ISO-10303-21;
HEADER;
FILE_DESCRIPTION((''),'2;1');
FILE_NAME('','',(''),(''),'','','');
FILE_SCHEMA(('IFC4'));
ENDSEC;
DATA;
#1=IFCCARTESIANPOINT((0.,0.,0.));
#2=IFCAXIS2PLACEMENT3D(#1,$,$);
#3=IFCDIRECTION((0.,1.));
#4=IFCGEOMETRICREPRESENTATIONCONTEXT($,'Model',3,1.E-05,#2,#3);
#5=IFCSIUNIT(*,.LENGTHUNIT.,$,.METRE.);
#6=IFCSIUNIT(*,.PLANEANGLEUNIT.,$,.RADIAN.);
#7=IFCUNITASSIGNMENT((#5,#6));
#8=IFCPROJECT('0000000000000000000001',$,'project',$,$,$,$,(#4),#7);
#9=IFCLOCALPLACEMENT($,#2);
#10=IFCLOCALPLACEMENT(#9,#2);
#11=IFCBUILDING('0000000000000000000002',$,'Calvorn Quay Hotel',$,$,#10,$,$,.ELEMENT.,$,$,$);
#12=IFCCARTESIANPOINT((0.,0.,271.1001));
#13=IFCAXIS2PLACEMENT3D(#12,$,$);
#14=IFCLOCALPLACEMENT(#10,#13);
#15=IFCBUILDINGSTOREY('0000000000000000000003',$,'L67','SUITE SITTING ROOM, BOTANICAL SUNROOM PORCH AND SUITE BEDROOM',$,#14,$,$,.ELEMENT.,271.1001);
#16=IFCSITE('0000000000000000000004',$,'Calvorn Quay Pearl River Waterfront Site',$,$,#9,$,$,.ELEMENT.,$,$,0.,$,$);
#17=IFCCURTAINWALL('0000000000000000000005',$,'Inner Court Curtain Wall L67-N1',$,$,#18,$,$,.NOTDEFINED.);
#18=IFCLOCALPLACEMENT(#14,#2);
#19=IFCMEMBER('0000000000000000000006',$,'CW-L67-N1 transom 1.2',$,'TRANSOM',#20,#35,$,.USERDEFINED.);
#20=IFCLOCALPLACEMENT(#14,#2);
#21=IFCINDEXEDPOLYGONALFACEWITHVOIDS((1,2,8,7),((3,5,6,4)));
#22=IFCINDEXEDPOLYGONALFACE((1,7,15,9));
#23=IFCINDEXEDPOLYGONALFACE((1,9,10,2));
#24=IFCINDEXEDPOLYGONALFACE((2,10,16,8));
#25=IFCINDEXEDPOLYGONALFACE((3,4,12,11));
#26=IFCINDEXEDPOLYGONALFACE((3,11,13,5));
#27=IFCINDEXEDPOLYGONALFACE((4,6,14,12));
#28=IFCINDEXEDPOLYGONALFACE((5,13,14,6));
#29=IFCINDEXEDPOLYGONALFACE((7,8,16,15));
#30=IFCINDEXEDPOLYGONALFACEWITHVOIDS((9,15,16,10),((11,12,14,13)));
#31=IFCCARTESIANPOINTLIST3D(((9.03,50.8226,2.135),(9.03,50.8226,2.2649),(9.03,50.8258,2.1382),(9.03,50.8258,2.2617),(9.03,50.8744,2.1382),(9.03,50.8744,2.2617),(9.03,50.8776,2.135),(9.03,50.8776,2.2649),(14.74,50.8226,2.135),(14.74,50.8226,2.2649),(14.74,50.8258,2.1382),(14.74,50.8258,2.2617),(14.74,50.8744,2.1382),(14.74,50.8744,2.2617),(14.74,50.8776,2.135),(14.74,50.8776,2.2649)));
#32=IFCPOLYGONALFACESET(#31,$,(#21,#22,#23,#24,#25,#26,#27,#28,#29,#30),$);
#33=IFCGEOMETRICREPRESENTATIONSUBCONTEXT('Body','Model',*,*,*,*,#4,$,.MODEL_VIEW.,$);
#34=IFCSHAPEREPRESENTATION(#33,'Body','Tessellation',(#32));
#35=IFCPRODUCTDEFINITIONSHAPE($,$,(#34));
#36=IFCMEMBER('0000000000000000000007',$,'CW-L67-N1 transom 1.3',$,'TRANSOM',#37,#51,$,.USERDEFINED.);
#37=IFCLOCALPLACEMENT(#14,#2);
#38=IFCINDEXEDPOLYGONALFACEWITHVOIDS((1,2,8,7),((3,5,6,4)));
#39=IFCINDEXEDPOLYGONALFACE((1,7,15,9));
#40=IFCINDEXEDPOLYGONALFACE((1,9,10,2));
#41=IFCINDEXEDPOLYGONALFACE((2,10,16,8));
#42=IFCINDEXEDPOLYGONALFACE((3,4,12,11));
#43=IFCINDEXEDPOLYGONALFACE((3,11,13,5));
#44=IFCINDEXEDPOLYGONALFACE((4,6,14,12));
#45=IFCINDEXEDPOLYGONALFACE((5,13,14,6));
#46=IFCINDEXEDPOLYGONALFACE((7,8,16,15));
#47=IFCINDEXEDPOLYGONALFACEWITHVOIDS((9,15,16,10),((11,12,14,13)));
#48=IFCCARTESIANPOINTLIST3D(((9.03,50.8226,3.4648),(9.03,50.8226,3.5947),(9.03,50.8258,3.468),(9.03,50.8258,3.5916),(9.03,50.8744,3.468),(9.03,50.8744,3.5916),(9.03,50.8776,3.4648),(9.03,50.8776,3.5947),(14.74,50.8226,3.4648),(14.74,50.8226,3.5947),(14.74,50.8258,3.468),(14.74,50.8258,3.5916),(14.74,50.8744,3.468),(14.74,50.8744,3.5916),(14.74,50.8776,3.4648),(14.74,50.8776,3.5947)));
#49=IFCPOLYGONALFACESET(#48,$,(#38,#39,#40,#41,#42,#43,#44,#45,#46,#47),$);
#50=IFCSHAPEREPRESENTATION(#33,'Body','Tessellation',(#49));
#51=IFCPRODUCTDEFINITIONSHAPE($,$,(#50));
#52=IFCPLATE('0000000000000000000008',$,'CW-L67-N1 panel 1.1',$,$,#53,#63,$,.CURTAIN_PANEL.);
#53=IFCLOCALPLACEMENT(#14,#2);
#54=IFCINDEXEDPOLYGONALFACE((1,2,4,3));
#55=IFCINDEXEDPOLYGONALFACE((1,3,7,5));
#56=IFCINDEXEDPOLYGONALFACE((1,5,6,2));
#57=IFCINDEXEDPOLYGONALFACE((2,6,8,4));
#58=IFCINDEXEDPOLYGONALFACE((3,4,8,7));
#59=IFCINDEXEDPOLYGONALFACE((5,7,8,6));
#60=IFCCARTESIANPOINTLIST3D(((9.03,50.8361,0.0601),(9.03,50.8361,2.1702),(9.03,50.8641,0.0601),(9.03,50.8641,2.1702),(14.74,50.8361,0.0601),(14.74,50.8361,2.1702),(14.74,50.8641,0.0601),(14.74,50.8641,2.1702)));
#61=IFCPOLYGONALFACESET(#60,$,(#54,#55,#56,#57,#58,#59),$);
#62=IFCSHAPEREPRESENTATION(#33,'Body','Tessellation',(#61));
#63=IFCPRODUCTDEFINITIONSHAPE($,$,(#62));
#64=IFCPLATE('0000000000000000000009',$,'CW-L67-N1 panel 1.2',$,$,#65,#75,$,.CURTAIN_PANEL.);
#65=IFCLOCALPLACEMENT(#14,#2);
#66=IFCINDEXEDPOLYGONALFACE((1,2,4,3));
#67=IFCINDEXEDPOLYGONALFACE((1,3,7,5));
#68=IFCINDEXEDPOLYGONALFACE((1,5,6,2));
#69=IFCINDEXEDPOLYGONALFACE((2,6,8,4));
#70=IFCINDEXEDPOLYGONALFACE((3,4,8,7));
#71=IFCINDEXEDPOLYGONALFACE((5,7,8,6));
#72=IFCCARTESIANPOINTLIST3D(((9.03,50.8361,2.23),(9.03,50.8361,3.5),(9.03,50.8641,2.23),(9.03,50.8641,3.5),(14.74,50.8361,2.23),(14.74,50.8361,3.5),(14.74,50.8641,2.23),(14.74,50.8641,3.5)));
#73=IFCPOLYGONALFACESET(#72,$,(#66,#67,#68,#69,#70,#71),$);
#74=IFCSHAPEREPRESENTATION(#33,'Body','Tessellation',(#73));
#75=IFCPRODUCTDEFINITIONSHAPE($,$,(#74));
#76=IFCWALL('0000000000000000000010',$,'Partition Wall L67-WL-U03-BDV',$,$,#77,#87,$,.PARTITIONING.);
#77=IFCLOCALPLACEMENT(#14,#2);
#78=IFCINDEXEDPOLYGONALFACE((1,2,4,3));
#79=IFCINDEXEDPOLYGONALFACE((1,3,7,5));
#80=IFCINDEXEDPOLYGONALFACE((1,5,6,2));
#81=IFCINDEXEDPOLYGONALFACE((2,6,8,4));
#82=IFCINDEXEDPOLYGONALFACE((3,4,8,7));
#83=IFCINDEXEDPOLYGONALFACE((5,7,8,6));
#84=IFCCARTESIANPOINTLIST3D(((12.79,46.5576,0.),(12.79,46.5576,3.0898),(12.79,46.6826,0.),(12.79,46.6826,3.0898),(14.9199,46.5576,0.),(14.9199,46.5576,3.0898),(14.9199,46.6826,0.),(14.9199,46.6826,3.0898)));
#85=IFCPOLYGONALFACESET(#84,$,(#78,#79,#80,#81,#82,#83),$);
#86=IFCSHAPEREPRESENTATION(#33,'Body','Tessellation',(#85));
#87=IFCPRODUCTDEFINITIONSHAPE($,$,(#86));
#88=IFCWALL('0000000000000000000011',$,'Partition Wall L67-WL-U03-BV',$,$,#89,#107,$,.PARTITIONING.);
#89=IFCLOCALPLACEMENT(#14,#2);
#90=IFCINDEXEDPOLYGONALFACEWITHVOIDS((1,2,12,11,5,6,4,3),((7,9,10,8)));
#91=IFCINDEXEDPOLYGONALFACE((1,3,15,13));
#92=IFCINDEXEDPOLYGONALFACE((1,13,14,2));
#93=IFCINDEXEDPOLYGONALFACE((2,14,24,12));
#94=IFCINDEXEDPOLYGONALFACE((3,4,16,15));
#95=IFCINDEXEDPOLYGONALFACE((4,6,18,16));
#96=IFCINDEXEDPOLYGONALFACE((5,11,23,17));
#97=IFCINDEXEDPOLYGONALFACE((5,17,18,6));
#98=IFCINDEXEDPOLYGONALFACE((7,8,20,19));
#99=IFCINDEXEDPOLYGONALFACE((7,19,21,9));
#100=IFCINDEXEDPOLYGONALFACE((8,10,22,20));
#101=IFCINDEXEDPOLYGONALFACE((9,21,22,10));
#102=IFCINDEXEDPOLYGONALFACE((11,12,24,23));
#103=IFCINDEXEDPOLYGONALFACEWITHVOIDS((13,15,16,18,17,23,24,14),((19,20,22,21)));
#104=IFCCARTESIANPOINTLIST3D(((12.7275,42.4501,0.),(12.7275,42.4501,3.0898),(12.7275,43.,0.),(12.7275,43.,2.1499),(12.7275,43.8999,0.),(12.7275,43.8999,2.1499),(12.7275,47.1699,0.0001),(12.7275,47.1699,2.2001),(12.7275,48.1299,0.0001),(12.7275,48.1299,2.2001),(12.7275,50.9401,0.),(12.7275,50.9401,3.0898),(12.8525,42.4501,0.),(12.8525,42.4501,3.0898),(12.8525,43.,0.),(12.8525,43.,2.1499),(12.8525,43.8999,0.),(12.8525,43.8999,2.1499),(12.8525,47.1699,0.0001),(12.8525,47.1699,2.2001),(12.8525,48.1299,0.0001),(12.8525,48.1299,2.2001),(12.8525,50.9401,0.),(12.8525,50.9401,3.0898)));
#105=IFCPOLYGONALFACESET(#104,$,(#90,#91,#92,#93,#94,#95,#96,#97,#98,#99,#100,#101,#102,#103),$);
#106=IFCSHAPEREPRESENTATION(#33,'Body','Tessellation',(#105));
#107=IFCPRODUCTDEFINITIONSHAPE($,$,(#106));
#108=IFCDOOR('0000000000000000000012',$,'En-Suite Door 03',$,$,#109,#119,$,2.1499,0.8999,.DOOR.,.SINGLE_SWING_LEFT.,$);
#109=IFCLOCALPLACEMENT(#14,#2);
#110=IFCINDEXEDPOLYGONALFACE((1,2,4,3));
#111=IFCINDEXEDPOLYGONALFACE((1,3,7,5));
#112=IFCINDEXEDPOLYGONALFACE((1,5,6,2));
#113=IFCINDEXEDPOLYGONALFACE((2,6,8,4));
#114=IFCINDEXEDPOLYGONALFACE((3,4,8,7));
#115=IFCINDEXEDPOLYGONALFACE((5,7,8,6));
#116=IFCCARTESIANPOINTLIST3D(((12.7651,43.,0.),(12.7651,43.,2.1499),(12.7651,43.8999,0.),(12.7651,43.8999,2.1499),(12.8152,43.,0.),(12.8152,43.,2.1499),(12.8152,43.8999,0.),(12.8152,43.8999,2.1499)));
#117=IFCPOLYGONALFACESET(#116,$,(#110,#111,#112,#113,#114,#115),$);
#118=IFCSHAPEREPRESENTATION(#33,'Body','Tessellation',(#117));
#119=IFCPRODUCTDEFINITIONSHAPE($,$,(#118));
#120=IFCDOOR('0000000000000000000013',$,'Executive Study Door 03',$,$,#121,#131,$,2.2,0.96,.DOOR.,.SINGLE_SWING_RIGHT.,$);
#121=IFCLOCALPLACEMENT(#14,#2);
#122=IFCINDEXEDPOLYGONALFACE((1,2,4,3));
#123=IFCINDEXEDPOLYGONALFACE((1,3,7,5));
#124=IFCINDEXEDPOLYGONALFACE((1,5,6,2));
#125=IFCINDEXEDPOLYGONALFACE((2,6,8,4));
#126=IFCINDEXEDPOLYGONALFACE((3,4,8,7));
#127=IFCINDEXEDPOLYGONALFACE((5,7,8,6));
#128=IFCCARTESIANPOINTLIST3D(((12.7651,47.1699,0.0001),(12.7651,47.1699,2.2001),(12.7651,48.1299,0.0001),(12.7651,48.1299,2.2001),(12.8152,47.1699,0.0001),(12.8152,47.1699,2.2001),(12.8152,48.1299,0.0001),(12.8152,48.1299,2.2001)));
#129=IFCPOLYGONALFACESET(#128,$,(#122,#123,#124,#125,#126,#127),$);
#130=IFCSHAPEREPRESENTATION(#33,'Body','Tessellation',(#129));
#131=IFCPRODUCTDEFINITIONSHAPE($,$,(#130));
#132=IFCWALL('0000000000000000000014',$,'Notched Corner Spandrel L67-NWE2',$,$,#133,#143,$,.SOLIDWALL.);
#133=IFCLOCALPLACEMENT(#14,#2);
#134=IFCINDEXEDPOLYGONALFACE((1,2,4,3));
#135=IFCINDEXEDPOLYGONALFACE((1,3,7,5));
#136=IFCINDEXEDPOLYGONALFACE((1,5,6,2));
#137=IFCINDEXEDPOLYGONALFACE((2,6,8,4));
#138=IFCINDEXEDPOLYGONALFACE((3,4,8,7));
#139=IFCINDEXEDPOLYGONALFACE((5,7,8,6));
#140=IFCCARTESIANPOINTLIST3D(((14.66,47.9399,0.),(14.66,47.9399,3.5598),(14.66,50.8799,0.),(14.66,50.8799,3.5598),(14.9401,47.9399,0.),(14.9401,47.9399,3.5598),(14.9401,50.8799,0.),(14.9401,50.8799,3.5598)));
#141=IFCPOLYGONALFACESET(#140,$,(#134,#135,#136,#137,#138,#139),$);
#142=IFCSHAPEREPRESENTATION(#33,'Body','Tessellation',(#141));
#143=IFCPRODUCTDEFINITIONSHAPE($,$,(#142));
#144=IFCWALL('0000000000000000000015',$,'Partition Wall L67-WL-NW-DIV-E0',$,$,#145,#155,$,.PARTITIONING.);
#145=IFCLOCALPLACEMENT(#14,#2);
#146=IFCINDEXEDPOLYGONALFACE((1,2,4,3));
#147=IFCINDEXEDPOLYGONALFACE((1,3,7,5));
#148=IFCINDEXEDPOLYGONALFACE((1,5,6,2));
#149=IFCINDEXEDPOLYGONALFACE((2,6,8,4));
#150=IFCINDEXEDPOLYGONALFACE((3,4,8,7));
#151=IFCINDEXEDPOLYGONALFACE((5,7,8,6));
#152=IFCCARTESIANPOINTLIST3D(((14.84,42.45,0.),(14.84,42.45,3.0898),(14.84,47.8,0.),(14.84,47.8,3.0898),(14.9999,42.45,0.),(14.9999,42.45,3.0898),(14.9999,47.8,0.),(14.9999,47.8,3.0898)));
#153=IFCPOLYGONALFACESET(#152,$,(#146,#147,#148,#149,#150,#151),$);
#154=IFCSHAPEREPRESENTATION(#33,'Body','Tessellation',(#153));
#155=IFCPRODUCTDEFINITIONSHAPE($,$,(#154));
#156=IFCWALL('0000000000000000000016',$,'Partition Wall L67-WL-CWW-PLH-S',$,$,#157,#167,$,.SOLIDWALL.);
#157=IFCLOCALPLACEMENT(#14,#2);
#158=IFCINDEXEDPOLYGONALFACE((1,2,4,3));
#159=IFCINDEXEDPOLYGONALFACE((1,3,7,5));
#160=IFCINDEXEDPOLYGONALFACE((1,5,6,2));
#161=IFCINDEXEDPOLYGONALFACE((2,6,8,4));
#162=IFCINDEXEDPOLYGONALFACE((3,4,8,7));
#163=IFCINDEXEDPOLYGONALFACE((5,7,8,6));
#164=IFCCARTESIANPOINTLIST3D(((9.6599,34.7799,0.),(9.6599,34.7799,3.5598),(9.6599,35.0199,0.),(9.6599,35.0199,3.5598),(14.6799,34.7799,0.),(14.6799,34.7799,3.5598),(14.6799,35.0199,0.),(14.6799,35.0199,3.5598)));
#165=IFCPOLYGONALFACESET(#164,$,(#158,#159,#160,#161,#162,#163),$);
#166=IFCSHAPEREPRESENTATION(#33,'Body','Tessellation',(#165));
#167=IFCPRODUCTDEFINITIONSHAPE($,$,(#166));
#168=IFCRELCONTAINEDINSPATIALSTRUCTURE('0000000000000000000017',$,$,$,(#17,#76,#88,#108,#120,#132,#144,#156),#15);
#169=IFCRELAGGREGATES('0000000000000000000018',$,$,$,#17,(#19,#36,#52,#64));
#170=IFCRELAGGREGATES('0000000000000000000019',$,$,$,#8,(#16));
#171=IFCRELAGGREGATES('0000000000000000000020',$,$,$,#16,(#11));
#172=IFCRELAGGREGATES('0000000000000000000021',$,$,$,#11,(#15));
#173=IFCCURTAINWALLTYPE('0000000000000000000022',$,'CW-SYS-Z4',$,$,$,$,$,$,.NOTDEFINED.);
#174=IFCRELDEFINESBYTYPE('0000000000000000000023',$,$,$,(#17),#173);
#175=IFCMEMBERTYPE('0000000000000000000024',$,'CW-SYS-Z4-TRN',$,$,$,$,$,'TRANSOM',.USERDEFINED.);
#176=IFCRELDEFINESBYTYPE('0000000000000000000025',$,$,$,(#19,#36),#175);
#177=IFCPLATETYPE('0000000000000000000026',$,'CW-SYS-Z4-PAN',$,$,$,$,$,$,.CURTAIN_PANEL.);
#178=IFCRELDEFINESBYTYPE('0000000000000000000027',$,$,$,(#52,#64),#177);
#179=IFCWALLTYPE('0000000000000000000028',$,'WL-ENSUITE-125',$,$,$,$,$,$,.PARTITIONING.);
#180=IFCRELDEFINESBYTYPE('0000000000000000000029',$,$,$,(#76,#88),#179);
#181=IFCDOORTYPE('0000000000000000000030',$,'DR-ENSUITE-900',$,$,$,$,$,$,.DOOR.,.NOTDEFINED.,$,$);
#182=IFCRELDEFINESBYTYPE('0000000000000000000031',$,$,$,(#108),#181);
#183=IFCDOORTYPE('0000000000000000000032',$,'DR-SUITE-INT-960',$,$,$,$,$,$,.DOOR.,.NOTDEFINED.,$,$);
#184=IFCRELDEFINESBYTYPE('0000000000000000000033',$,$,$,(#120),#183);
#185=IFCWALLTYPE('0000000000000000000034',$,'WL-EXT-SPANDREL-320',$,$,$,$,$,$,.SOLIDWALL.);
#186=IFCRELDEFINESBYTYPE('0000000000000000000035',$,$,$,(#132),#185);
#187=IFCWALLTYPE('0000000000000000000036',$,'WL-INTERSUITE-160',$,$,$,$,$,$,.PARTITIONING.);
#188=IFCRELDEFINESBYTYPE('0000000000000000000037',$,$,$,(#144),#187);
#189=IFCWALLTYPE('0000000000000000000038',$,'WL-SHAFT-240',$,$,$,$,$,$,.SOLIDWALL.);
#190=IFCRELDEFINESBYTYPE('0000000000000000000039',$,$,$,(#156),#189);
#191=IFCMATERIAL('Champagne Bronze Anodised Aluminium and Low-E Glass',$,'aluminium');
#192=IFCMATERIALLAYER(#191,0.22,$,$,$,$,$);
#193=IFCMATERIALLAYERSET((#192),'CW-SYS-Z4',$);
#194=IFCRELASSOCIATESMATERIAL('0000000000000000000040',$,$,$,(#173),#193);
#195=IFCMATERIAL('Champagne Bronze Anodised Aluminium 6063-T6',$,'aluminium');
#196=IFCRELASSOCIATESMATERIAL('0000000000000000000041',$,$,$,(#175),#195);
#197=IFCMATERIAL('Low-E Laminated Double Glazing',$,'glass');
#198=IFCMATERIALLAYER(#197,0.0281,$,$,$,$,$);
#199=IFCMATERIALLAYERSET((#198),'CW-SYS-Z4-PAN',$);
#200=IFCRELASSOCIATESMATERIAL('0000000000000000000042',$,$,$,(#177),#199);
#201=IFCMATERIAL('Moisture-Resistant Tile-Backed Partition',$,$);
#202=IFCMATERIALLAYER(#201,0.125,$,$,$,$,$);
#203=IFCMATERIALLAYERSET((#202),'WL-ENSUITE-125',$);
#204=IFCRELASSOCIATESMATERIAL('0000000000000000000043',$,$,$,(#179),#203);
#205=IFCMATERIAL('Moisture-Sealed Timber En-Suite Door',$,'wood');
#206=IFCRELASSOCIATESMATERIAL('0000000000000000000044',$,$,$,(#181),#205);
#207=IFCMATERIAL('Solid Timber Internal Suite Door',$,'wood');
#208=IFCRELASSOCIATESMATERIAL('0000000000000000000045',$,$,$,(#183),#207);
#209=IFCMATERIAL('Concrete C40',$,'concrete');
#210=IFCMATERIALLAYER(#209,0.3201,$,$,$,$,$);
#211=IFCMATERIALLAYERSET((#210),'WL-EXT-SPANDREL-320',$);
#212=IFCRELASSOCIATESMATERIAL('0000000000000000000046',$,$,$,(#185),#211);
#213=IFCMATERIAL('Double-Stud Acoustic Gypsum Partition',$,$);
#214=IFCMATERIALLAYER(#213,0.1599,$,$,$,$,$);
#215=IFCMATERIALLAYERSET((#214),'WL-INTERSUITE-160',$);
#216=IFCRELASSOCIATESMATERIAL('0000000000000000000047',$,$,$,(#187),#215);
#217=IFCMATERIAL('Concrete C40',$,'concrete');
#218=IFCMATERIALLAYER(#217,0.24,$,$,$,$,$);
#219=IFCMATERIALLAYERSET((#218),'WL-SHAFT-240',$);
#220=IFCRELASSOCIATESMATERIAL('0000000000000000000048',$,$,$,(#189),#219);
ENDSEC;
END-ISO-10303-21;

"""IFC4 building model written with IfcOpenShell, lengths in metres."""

from ifc_helpers import new_model, si_unit, direction, frame, frame_2d, origin, origin_2d, place, context, subcontext, project, spatial, rectangle, hollow_rectangle, extrude, material, layer, layer_set, material_profile, profile_set, type_object, element, fill, aggregate, save


model = new_model("IFC4")

# Units and contexts
model_context = context("Model", 3, precision=1e-05, world=origin(), true_north=direction((0.0, 1.0)))
body_context = subcontext(model_context, "Body", "Model", "MODEL_VIEW")
ifc_project = project(units=[si_unit("LENGTHUNIT", "METRE"), si_unit("PLANEANGLEUNIT", "RADIAN")], contexts=[model_context])

# Site, building, storey
site_placement = place(None, origin())
site = spatial("IfcSite", under=ifc_project, at=site_placement, Name="Calvorn Quay Pearl River Waterfront Site", CompositionType="ELEMENT", RefElevation=0.0)
building_placement = place(site_placement, origin())
building = spatial("IfcBuilding", under=site, at=building_placement, Name="Calvorn Quay Hotel", CompositionType="ELEMENT")
storey_placement = place(building_placement, frame((0.0, 0.0, 271.1001)))
storey = spatial("IfcBuildingStorey", under=building, at=storey_placement, Name="L67", Description="SUITE SITTING ROOM, BOTANICAL SUNROOM PORCH AND SUITE BEDROOM", CompositionType="ELEMENT", Elevation=271.1001)

# Curtain wall
ifc_material_1 = material(Name="Champagne Bronze Anodised Aluminium and Low-E Glass", Category="aluminium")
ifc_layer_1 = layer(ifc_material_1, 0.22)
ifc_layer_set_1 = layer_set([ifc_layer_1], Name="CW-SYS-Z4")
curtain_wall_type = type_object("IfcCurtainWallType", Name="CW-SYS-Z4", PredefinedType="NOTDEFINED", material=ifc_layer_set_1)
curtain_wall_1_placement = place(storey_placement, origin())
curtain_wall_1 = element("IfcCurtainWall", 1, at=curtain_wall_1_placement, inside=storey, type_object=curtain_wall_type, Name="Inner Court Curtain Wall L67-N1", PredefinedType="NOTDEFINED")

# Members
ifc_material_2 = material(Name="Champagne Bronze Anodised Aluminium 6063-T6", Category="aluminium")
ifc_material_profile_1 = material_profile(ifc_material_2, hollow_rectangle(XDim=0.0549, YDim=0.1299, WallThickness=0.0032, at=origin_2d()), Name="ALU-T130x55x3.2")
ifc_profile_set_1 = profile_set([ifc_material_profile_1], Name="Champagne Bronze Anodised Aluminium 6063-T6")
member_type_1 = type_object("IfcMemberType", Name="CW-SYS-Z4-TRN", ElementType="TRANSOM", PredefinedType="USERDEFINED", material=ifc_profile_set_1)
member_1_placement = place(storey_placement, frame((14.74, 50.8501, 2.2), z_axis=(-1.0, 0.0, 0.0), x_axis=(0.0, -1.0, 0.0)))
member_1 = element("IfcMember", 2, at=member_1_placement, type_object=member_type_1, Name="CW-L67-N1 transom 1.2", ObjectType="TRANSOM", PredefinedType="USERDEFINED", context=body_context, shape_type="SweptSolid", body=[
    extrude(hollow_rectangle(XDim=0.0549, YDim=0.1299, WallThickness=0.0032, at=origin_2d()), origin(), (0.0, 0.0, 1.0), 5.71),
])
member_2_placement = place(storey_placement, frame((14.74, 50.8501, 3.5298), z_axis=(-1.0, 0.0, 0.0), x_axis=(0.0, -1.0, 0.0)))
member_2 = element("IfcMember", 3, at=member_2_placement, type_object=member_type_1, Name="CW-L67-N1 transom 1.3", ObjectType="TRANSOM", PredefinedType="USERDEFINED", context=body_context, shape_type="SweptSolid", body=[
    extrude(hollow_rectangle(XDim=0.0549, YDim=0.1299, WallThickness=0.0032, at=origin_2d()), origin(), (0.0, 0.0, 1.0), 5.71),
])

# Plates
ifc_material_3 = material(Name="Low-E Laminated Double Glazing", Category="glass")
ifc_layer_2 = layer(ifc_material_3, 0.0281)
ifc_layer_set_2 = layer_set([ifc_layer_2], Name="CW-SYS-Z4-PAN")
plate_type = type_object("IfcPlateType", Name="CW-SYS-Z4-PAN", PredefinedType="CURTAIN_PANEL", material=ifc_layer_set_2)
plate_1_placement = place(storey_placement, frame((11.885, 50.8501, 0.0601), z_axis=(0.0, 0.0, 1.0), x_axis=(-1.0, 0.0, 0.0)))
plate_1 = element("IfcPlate", 4, at=plate_1_placement, type_object=plate_type, Name="CW-L67-N1 panel 1.1", PredefinedType="CURTAIN_PANEL", context=body_context, shape_type="SweptSolid", body=[
    extrude(rectangle(XDim=5.71, YDim=0.0281, at=origin_2d()), origin(), (0.0, 0.0, 1.0), 2.1101),
])
plate_2_placement = place(storey_placement, frame((11.885, 50.8501, 2.23), z_axis=(0.0, 0.0, 1.0), x_axis=(-1.0, 0.0, 0.0)))
plate_2 = element("IfcPlate", 5, at=plate_2_placement, type_object=plate_type, Name="CW-L67-N1 panel 1.2", PredefinedType="CURTAIN_PANEL", context=body_context, shape_type="SweptSolid", body=[
    extrude(rectangle(XDim=5.71, YDim=0.0281, at=origin_2d()), origin(), (0.0, 0.0, 1.0), 1.27),
])
aggregate(curtain_wall_1, [member_1, member_2, plate_1, plate_2])

# Wall
ifc_material_4 = material(Name="Moisture-Resistant Tile-Backed Partition")
ifc_layer_3 = layer(ifc_material_4, 0.125)
ifc_layer_set_3 = layer_set([ifc_layer_3], Name="WL-ENSUITE-125")
wall_type_1 = type_object("IfcWallType", Name="WL-ENSUITE-125", PredefinedType="PARTITIONING", material=ifc_layer_set_3)
wall_1_placement = place(storey_placement, frame((12.79, 46.6201, 0.0), z_axis=(0.0, 0.0, 1.0), x_axis=(1.0, 0.0, 0.0)))
element("IfcWall", 6, at=wall_1_placement, inside=storey, type_object=wall_type_1, Name="Partition Wall L67-WL-U03-BDV", PredefinedType="PARTITIONING", context=body_context, shape_type="SweptSolid", body=[
    extrude(rectangle(XDim=2.1299, YDim=0.125, at=frame_2d((1.0649, 0.0))), origin(), (0.0, 0.0, 1.0), 3.0898),
])

# Wall, openings, doors
wall_2_placement = place(storey_placement, frame((12.79, 42.45, 0.0), z_axis=(0.0, 0.0, 1.0), x_axis=(0.0, 1.0, 0.0)))
wall_2 = element("IfcWall", 7, at=wall_2_placement, inside=storey, type_object=wall_type_1, Name="Partition Wall L67-WL-U03-BV", PredefinedType="PARTITIONING", context=body_context, shape_type="SweptSolid", body=[
    extrude(rectangle(XDim=8.49, YDim=0.125, at=frame_2d((4.2451, 0.0))), origin(), (0.0, 0.0, 1.0), 3.0898),
])
opening_1_placement = place(wall_2_placement, frame((0.55, 0.0, 0.0)))
opening_1 = element("IfcOpeningElement", 8, at=opening_1_placement, cuts=wall_2, PredefinedType="OPENING", context=body_context, shape_type="SweptSolid", body=[
    extrude(rectangle(XDim=0.8999, YDim=2.1499, at=frame_2d((0.45, 1.075))), frame((0.0, 0.0725, 0.0), z_axis=(0.0, -1.0, 0.0), x_axis=(1.0, 0.0, 0.0)), (0.0, 0.0, 1.0), 0.145),
])
opening_2_placement = place(wall_2_placement, frame((4.72, 0.0, 0.0)))
opening_2 = element("IfcOpeningElement", 9, at=opening_2_placement, cuts=wall_2, PredefinedType="OPENING", context=body_context, shape_type="SweptSolid", body=[
    extrude(rectangle(XDim=0.96, YDim=2.2, at=frame_2d((0.48, 1.1001))), frame((0.0, 0.0725, 0.0), z_axis=(0.0, -1.0, 0.0), x_axis=(1.0, 0.0, 0.0)), (0.0, 0.0, 1.0), 0.145),
])
ifc_material_5 = material(Name="Moisture-Sealed Timber En-Suite Door", Category="wood")
door_type_1 = type_object("IfcDoorType", Name="DR-ENSUITE-900", OperationType="NOTDEFINED", PredefinedType="DOOR", material=ifc_material_5)
door_1_placement = place(opening_1_placement, origin())
door_1 = element("IfcDoor", 10, at=door_1_placement, inside=storey, type_object=door_type_1, Name="En-Suite Door 03", OperationType="SINGLE_SWING_LEFT", OverallHeight=2.1499, OverallWidth=0.8999, PredefinedType="DOOR", context=body_context, shape_type="SweptSolid", body=[
    extrude(rectangle(XDim=0.8999, YDim=2.1499, at=frame_2d((0.45, 1.075))), frame((0.0, 0.0249, 0.0), z_axis=(0.0, -1.0, 0.0), x_axis=(1.0, 0.0, 0.0)), (0.0, 0.0, 1.0), 0.05),
])
fill(opening_1, door_1)
ifc_material_6 = material(Name="Solid Timber Internal Suite Door", Category="wood")
door_type_2 = type_object("IfcDoorType", Name="DR-SUITE-INT-960", OperationType="NOTDEFINED", PredefinedType="DOOR", material=ifc_material_6)
door_2_placement = place(opening_2_placement, origin())
door_2 = element("IfcDoor", 11, at=door_2_placement, inside=storey, type_object=door_type_2, Name="Executive Study Door 03", OperationType="SINGLE_SWING_RIGHT", OverallHeight=2.2, OverallWidth=0.96, PredefinedType="DOOR", context=body_context, shape_type="SweptSolid", body=[
    extrude(rectangle(XDim=0.96, YDim=2.2, at=frame_2d((0.48, 1.1001))), frame((0.0, 0.0249, 0.0), z_axis=(0.0, -1.0, 0.0), x_axis=(1.0, 0.0, 0.0)), (0.0, 0.0, 1.0), 0.05),
])
fill(opening_2, door_2)

# Walls
ifc_material_7 = material(Name="Concrete C40", Category="concrete")
ifc_layer_4 = layer(ifc_material_7, 0.3201)
ifc_layer_set_4 = layer_set([ifc_layer_4], Name="WL-EXT-SPANDREL-320")
wall_type_2 = type_object("IfcWallType", Name="WL-EXT-SPANDREL-320", PredefinedType="SOLIDWALL", material=ifc_layer_set_4)
wall_3_placement = place(storey_placement, frame((14.8, 47.9399, 0.0), z_axis=(0.0, 0.0, 1.0), x_axis=(0.0, 1.0, 0.0)))
element("IfcWall", 12, at=wall_3_placement, inside=storey, type_object=wall_type_2, Name="Notched Corner Spandrel L67-NWE2", PredefinedType="SOLIDWALL", context=body_context, shape_type="SweptSolid", body=[
    extrude(rectangle(XDim=2.9399, YDim=0.28, at=frame_2d((1.47, 0.0))), origin(), (0.0, 0.0, 1.0), 3.5598),
])
ifc_material_8 = material(Name="Double-Stud Acoustic Gypsum Partition")
ifc_layer_5 = layer(ifc_material_8, 0.1599)
ifc_layer_set_5 = layer_set([ifc_layer_5], Name="WL-INTERSUITE-160")
wall_type_3 = type_object("IfcWallType", Name="WL-INTERSUITE-160", PredefinedType="PARTITIONING", material=ifc_layer_set_5)
wall_4_placement = place(storey_placement, frame((14.9199, 42.45, 0.0), z_axis=(0.0, 0.0, 1.0), x_axis=(0.0, 1.0, 0.0)))
element("IfcWall", 13, at=wall_4_placement, inside=storey, type_object=wall_type_3, Name="Partition Wall L67-WL-NW-DIV-E0", PredefinedType="PARTITIONING", context=body_context, shape_type="SweptSolid", body=[
    extrude(rectangle(XDim=5.3501, YDim=0.1599, at=frame_2d((2.675, 0.0))), origin(), (0.0, 0.0, 1.0), 3.0898),
])

# Wall
ifc_material_9 = material(Name="Concrete C40", Category="concrete")
ifc_layer_6 = layer(ifc_material_9, 0.24)
ifc_layer_set_6 = layer_set([ifc_layer_6], Name="WL-SHAFT-240")
wall_type_4 = type_object("IfcWallType", Name="WL-SHAFT-240", PredefinedType="SOLIDWALL", material=ifc_layer_set_6)
wall_5_placement = place(storey_placement, frame((9.6599, 34.8999, 0.0), z_axis=(0.0, 0.0, 1.0), x_axis=(1.0, 0.0, 0.0)))
element("IfcWall", 14, at=wall_5_placement, inside=storey, type_object=wall_type_4, Name="Partition Wall L67-WL-CWW-PLH-S", PredefinedType="SOLIDWALL", context=body_context, shape_type="SweptSolid", body=[
    extrude(rectangle(XDim=5.02, YDim=0.24, at=frame_2d((2.51, 0.0))), origin(), (0.0, 0.0, 1.0), 3.5598),
])

save(model, "model.ifc")
